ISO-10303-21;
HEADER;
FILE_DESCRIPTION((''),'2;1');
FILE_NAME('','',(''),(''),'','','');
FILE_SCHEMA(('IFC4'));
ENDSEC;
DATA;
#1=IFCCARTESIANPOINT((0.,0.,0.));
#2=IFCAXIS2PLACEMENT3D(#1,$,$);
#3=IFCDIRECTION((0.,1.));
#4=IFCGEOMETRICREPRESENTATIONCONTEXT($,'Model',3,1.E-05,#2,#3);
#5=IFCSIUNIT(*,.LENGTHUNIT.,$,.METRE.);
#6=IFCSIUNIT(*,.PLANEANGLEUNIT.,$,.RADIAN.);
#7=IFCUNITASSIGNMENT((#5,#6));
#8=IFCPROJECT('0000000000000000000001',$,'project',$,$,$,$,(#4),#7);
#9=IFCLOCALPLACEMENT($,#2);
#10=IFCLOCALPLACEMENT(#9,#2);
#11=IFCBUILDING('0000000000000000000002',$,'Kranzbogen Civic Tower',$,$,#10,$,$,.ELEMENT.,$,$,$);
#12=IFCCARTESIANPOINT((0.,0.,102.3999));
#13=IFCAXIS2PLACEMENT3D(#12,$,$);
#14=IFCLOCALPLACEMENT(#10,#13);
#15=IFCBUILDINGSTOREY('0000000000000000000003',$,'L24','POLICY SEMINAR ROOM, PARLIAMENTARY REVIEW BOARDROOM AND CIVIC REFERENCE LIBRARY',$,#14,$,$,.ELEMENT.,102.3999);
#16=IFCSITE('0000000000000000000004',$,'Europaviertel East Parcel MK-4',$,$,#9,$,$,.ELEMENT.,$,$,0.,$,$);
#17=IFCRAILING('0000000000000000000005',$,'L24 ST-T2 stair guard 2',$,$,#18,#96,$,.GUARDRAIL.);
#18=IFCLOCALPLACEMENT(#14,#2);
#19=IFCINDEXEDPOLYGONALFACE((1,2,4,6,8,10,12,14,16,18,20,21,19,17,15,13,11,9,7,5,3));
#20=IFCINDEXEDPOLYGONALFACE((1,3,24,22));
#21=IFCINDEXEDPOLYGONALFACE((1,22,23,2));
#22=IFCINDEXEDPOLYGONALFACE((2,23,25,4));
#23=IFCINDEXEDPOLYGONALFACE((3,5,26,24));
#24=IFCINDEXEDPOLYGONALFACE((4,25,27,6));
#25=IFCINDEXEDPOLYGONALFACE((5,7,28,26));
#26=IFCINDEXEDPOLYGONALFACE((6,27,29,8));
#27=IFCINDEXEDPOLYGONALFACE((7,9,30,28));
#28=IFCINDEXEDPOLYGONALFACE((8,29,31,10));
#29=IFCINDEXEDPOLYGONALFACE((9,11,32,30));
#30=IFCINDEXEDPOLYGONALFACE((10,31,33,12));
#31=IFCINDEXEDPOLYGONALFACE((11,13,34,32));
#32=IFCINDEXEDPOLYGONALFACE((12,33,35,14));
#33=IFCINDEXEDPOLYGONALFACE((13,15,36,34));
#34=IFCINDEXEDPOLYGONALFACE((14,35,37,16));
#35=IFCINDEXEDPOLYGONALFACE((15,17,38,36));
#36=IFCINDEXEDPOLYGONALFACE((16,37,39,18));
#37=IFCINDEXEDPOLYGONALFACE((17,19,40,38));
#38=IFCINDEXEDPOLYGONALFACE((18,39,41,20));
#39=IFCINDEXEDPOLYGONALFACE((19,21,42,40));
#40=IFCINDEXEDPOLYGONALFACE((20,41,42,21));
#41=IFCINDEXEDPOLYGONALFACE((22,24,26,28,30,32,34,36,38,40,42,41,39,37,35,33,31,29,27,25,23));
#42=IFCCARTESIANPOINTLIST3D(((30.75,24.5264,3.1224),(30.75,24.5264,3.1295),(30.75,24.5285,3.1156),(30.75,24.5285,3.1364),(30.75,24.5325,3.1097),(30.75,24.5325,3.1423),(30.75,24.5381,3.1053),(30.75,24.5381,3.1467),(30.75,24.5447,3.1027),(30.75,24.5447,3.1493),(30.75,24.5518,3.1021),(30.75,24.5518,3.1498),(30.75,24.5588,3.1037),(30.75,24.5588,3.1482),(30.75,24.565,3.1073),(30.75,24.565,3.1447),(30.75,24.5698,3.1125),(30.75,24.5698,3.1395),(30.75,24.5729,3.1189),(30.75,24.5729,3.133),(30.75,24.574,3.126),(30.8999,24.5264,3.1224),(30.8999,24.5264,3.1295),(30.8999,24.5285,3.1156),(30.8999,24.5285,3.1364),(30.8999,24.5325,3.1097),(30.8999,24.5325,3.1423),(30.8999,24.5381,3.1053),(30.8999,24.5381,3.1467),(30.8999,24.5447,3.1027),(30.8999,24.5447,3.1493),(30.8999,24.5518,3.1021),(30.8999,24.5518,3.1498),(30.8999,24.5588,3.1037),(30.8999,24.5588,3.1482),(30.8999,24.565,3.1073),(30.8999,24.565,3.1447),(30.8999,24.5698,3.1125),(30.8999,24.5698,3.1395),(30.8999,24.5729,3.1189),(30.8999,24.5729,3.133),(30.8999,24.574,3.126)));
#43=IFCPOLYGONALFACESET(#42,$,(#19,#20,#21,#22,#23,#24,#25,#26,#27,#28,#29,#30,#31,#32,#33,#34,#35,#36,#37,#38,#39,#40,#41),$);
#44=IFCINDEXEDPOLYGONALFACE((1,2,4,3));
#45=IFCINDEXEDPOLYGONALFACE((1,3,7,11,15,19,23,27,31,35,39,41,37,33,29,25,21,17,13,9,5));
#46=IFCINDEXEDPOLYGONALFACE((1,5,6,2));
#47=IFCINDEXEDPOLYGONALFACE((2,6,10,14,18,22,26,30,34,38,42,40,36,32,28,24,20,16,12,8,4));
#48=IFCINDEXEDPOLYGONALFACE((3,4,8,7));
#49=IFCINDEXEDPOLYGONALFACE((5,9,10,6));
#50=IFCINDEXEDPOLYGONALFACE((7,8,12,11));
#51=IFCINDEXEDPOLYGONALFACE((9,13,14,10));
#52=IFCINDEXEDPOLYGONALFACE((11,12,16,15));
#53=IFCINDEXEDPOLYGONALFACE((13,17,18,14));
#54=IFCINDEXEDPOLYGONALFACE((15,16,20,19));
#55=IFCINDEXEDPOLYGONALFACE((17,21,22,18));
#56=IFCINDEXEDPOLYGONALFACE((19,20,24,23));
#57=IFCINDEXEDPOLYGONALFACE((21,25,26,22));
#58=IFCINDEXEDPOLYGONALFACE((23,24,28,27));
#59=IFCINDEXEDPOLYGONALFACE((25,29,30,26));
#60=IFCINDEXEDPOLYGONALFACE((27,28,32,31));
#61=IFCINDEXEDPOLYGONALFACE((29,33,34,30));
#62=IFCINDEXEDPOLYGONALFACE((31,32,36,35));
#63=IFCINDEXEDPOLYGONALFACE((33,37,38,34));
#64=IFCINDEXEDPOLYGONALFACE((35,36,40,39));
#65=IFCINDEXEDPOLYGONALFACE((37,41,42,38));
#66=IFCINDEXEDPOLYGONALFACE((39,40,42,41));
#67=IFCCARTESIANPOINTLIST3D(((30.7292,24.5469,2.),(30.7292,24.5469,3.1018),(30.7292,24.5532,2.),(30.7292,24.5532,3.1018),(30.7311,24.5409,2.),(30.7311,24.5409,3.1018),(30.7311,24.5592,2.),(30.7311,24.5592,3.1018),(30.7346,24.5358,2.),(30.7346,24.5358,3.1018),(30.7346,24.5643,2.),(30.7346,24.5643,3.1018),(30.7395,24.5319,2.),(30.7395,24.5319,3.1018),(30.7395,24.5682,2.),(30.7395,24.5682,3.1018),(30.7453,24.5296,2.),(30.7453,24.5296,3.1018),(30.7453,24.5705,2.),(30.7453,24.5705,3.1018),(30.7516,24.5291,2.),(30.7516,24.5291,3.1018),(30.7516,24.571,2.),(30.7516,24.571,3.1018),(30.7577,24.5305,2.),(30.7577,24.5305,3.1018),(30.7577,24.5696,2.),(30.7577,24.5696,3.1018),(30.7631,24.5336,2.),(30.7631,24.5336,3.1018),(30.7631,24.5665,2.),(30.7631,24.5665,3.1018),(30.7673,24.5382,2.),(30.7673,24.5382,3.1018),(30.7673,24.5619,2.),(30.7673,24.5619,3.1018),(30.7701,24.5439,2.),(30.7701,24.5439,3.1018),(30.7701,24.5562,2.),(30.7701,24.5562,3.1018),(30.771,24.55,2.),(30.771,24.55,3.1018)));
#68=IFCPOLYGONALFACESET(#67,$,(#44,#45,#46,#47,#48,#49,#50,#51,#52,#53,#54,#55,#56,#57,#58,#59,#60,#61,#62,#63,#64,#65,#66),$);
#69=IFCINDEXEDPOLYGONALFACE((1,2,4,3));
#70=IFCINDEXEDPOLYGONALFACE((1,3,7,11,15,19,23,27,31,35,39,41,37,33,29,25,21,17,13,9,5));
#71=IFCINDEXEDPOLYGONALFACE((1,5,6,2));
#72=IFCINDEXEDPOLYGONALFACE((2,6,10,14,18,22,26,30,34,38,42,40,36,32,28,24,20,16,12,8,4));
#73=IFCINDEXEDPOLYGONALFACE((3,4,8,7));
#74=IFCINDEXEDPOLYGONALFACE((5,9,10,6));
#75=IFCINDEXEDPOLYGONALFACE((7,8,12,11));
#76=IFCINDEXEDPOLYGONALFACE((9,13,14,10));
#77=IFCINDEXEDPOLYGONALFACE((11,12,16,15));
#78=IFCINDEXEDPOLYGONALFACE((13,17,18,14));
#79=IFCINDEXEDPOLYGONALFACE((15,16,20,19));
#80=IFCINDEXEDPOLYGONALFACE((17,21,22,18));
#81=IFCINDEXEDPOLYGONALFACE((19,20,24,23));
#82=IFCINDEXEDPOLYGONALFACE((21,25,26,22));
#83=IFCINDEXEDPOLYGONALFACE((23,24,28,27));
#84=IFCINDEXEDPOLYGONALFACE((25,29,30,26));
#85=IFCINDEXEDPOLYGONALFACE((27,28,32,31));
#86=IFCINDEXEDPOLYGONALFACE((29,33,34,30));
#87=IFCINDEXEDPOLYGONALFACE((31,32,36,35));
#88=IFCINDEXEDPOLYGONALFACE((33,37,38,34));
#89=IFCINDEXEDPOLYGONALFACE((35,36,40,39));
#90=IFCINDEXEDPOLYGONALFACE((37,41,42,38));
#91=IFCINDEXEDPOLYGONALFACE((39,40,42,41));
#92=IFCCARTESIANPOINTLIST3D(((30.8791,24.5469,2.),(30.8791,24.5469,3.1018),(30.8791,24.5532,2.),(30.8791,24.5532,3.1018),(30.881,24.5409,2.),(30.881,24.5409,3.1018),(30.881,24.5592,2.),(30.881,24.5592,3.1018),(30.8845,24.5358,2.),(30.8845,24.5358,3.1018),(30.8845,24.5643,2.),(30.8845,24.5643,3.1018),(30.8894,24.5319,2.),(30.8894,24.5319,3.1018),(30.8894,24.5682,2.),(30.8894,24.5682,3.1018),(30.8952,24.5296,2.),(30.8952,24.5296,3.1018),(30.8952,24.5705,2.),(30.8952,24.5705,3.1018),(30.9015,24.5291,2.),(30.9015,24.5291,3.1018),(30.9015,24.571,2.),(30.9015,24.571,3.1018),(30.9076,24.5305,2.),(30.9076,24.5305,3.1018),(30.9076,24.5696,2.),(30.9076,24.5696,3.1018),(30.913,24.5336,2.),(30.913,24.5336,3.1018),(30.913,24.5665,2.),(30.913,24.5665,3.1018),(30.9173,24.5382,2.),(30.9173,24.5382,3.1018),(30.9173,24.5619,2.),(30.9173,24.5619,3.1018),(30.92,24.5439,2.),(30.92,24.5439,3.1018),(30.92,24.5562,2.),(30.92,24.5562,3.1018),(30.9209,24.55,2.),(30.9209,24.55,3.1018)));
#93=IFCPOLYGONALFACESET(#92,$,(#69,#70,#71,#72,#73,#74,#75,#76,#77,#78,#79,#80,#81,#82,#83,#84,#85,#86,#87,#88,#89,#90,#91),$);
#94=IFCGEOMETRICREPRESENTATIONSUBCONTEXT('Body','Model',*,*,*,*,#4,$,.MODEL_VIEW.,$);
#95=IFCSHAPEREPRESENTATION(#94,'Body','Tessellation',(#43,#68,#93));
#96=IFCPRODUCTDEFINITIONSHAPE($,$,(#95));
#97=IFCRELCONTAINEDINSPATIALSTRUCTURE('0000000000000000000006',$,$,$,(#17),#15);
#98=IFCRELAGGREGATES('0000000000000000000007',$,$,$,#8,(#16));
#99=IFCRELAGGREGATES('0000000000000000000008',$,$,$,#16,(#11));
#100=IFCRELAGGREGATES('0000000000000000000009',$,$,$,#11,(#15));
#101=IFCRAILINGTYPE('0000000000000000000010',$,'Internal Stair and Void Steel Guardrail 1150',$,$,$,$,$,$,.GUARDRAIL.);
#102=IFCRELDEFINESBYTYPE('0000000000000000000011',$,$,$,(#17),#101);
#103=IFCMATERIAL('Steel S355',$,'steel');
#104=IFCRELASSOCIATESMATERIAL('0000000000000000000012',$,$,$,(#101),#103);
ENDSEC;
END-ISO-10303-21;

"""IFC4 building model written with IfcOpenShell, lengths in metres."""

from ifc_helpers import new_model, si_unit, direction, frame, origin, origin_2d, place, context, subcontext, project, spatial, circle, extrude, material, type_object, element, save


model = new_model("IFC4")

# Units and contexts
model_context = context("Model", 3, precision=1e-05, world=origin(), true_north=direction((0.0, 1.0)))
body_context = subcontext(model_context, "Body", "Model", "MODEL_VIEW")
ifc_project = project(units=[si_unit("LENGTHUNIT", "METRE"), si_unit("PLANEANGLEUNIT", "RADIAN")], contexts=[model_context])

# Site, building, storey
site_placement = place(None, origin())
site = spatial("IfcSite", under=ifc_project, at=site_placement, Name="Europaviertel East Parcel MK-4", CompositionType="ELEMENT", RefElevation=0.0)
building_placement = place(site_placement, origin())
building = spatial("IfcBuilding", under=site, at=building_placement, Name="Kranzbogen Civic Tower", CompositionType="ELEMENT")
storey_placement = place(building_placement, frame((0.0, 0.0, 102.3999)))
storey = spatial("IfcBuildingStorey", under=building, at=storey_placement, Name="L24", Description="POLICY SEMINAR ROOM, PARLIAMENTARY REVIEW BOARDROOM AND CIVIC REFERENCE LIBRARY", CompositionType="ELEMENT", Elevation=102.3999)

# Shared definitions
ifc_material_1 = material(Name="Steel S355", Category="steel")

# Railing
railing_type_1 = type_object("IfcRailingType", Name="Internal Stair and Void Steel Guardrail 1150", PredefinedType="GUARDRAIL", material=ifc_material_1)
railing_1_placement = place(storey_placement, frame((30.75, 24.55, 2.0)))
element("IfcRailing", 1, at=railing_1_placement, inside=storey, type_object=railing_type_1, Name="L24 ST-T2 stair guard 2", PredefinedType="GUARDRAIL", context=body_context, shape_type="SweptSolid", body=[
    extrude(circle(Radius=0.0239, at=origin_2d()), frame((0.0, 0.0, 1.126), z_axis=(1.0, 0.0, 0.0), x_axis=(0.0, 1.0, 0.0)), (0.0, 0.0, 1.0), 0.1499),
    extrude(circle(Radius=0.021, at=origin_2d()), origin(), (0.0, 0.0, 1.0), 1.1018),
    extrude(circle(Radius=0.021, at=origin_2d()), frame((0.1499, 0.0, 0.0)), (0.0, 0.0, 1.0), 1.1018),
])

save(model, "model.ifc")
